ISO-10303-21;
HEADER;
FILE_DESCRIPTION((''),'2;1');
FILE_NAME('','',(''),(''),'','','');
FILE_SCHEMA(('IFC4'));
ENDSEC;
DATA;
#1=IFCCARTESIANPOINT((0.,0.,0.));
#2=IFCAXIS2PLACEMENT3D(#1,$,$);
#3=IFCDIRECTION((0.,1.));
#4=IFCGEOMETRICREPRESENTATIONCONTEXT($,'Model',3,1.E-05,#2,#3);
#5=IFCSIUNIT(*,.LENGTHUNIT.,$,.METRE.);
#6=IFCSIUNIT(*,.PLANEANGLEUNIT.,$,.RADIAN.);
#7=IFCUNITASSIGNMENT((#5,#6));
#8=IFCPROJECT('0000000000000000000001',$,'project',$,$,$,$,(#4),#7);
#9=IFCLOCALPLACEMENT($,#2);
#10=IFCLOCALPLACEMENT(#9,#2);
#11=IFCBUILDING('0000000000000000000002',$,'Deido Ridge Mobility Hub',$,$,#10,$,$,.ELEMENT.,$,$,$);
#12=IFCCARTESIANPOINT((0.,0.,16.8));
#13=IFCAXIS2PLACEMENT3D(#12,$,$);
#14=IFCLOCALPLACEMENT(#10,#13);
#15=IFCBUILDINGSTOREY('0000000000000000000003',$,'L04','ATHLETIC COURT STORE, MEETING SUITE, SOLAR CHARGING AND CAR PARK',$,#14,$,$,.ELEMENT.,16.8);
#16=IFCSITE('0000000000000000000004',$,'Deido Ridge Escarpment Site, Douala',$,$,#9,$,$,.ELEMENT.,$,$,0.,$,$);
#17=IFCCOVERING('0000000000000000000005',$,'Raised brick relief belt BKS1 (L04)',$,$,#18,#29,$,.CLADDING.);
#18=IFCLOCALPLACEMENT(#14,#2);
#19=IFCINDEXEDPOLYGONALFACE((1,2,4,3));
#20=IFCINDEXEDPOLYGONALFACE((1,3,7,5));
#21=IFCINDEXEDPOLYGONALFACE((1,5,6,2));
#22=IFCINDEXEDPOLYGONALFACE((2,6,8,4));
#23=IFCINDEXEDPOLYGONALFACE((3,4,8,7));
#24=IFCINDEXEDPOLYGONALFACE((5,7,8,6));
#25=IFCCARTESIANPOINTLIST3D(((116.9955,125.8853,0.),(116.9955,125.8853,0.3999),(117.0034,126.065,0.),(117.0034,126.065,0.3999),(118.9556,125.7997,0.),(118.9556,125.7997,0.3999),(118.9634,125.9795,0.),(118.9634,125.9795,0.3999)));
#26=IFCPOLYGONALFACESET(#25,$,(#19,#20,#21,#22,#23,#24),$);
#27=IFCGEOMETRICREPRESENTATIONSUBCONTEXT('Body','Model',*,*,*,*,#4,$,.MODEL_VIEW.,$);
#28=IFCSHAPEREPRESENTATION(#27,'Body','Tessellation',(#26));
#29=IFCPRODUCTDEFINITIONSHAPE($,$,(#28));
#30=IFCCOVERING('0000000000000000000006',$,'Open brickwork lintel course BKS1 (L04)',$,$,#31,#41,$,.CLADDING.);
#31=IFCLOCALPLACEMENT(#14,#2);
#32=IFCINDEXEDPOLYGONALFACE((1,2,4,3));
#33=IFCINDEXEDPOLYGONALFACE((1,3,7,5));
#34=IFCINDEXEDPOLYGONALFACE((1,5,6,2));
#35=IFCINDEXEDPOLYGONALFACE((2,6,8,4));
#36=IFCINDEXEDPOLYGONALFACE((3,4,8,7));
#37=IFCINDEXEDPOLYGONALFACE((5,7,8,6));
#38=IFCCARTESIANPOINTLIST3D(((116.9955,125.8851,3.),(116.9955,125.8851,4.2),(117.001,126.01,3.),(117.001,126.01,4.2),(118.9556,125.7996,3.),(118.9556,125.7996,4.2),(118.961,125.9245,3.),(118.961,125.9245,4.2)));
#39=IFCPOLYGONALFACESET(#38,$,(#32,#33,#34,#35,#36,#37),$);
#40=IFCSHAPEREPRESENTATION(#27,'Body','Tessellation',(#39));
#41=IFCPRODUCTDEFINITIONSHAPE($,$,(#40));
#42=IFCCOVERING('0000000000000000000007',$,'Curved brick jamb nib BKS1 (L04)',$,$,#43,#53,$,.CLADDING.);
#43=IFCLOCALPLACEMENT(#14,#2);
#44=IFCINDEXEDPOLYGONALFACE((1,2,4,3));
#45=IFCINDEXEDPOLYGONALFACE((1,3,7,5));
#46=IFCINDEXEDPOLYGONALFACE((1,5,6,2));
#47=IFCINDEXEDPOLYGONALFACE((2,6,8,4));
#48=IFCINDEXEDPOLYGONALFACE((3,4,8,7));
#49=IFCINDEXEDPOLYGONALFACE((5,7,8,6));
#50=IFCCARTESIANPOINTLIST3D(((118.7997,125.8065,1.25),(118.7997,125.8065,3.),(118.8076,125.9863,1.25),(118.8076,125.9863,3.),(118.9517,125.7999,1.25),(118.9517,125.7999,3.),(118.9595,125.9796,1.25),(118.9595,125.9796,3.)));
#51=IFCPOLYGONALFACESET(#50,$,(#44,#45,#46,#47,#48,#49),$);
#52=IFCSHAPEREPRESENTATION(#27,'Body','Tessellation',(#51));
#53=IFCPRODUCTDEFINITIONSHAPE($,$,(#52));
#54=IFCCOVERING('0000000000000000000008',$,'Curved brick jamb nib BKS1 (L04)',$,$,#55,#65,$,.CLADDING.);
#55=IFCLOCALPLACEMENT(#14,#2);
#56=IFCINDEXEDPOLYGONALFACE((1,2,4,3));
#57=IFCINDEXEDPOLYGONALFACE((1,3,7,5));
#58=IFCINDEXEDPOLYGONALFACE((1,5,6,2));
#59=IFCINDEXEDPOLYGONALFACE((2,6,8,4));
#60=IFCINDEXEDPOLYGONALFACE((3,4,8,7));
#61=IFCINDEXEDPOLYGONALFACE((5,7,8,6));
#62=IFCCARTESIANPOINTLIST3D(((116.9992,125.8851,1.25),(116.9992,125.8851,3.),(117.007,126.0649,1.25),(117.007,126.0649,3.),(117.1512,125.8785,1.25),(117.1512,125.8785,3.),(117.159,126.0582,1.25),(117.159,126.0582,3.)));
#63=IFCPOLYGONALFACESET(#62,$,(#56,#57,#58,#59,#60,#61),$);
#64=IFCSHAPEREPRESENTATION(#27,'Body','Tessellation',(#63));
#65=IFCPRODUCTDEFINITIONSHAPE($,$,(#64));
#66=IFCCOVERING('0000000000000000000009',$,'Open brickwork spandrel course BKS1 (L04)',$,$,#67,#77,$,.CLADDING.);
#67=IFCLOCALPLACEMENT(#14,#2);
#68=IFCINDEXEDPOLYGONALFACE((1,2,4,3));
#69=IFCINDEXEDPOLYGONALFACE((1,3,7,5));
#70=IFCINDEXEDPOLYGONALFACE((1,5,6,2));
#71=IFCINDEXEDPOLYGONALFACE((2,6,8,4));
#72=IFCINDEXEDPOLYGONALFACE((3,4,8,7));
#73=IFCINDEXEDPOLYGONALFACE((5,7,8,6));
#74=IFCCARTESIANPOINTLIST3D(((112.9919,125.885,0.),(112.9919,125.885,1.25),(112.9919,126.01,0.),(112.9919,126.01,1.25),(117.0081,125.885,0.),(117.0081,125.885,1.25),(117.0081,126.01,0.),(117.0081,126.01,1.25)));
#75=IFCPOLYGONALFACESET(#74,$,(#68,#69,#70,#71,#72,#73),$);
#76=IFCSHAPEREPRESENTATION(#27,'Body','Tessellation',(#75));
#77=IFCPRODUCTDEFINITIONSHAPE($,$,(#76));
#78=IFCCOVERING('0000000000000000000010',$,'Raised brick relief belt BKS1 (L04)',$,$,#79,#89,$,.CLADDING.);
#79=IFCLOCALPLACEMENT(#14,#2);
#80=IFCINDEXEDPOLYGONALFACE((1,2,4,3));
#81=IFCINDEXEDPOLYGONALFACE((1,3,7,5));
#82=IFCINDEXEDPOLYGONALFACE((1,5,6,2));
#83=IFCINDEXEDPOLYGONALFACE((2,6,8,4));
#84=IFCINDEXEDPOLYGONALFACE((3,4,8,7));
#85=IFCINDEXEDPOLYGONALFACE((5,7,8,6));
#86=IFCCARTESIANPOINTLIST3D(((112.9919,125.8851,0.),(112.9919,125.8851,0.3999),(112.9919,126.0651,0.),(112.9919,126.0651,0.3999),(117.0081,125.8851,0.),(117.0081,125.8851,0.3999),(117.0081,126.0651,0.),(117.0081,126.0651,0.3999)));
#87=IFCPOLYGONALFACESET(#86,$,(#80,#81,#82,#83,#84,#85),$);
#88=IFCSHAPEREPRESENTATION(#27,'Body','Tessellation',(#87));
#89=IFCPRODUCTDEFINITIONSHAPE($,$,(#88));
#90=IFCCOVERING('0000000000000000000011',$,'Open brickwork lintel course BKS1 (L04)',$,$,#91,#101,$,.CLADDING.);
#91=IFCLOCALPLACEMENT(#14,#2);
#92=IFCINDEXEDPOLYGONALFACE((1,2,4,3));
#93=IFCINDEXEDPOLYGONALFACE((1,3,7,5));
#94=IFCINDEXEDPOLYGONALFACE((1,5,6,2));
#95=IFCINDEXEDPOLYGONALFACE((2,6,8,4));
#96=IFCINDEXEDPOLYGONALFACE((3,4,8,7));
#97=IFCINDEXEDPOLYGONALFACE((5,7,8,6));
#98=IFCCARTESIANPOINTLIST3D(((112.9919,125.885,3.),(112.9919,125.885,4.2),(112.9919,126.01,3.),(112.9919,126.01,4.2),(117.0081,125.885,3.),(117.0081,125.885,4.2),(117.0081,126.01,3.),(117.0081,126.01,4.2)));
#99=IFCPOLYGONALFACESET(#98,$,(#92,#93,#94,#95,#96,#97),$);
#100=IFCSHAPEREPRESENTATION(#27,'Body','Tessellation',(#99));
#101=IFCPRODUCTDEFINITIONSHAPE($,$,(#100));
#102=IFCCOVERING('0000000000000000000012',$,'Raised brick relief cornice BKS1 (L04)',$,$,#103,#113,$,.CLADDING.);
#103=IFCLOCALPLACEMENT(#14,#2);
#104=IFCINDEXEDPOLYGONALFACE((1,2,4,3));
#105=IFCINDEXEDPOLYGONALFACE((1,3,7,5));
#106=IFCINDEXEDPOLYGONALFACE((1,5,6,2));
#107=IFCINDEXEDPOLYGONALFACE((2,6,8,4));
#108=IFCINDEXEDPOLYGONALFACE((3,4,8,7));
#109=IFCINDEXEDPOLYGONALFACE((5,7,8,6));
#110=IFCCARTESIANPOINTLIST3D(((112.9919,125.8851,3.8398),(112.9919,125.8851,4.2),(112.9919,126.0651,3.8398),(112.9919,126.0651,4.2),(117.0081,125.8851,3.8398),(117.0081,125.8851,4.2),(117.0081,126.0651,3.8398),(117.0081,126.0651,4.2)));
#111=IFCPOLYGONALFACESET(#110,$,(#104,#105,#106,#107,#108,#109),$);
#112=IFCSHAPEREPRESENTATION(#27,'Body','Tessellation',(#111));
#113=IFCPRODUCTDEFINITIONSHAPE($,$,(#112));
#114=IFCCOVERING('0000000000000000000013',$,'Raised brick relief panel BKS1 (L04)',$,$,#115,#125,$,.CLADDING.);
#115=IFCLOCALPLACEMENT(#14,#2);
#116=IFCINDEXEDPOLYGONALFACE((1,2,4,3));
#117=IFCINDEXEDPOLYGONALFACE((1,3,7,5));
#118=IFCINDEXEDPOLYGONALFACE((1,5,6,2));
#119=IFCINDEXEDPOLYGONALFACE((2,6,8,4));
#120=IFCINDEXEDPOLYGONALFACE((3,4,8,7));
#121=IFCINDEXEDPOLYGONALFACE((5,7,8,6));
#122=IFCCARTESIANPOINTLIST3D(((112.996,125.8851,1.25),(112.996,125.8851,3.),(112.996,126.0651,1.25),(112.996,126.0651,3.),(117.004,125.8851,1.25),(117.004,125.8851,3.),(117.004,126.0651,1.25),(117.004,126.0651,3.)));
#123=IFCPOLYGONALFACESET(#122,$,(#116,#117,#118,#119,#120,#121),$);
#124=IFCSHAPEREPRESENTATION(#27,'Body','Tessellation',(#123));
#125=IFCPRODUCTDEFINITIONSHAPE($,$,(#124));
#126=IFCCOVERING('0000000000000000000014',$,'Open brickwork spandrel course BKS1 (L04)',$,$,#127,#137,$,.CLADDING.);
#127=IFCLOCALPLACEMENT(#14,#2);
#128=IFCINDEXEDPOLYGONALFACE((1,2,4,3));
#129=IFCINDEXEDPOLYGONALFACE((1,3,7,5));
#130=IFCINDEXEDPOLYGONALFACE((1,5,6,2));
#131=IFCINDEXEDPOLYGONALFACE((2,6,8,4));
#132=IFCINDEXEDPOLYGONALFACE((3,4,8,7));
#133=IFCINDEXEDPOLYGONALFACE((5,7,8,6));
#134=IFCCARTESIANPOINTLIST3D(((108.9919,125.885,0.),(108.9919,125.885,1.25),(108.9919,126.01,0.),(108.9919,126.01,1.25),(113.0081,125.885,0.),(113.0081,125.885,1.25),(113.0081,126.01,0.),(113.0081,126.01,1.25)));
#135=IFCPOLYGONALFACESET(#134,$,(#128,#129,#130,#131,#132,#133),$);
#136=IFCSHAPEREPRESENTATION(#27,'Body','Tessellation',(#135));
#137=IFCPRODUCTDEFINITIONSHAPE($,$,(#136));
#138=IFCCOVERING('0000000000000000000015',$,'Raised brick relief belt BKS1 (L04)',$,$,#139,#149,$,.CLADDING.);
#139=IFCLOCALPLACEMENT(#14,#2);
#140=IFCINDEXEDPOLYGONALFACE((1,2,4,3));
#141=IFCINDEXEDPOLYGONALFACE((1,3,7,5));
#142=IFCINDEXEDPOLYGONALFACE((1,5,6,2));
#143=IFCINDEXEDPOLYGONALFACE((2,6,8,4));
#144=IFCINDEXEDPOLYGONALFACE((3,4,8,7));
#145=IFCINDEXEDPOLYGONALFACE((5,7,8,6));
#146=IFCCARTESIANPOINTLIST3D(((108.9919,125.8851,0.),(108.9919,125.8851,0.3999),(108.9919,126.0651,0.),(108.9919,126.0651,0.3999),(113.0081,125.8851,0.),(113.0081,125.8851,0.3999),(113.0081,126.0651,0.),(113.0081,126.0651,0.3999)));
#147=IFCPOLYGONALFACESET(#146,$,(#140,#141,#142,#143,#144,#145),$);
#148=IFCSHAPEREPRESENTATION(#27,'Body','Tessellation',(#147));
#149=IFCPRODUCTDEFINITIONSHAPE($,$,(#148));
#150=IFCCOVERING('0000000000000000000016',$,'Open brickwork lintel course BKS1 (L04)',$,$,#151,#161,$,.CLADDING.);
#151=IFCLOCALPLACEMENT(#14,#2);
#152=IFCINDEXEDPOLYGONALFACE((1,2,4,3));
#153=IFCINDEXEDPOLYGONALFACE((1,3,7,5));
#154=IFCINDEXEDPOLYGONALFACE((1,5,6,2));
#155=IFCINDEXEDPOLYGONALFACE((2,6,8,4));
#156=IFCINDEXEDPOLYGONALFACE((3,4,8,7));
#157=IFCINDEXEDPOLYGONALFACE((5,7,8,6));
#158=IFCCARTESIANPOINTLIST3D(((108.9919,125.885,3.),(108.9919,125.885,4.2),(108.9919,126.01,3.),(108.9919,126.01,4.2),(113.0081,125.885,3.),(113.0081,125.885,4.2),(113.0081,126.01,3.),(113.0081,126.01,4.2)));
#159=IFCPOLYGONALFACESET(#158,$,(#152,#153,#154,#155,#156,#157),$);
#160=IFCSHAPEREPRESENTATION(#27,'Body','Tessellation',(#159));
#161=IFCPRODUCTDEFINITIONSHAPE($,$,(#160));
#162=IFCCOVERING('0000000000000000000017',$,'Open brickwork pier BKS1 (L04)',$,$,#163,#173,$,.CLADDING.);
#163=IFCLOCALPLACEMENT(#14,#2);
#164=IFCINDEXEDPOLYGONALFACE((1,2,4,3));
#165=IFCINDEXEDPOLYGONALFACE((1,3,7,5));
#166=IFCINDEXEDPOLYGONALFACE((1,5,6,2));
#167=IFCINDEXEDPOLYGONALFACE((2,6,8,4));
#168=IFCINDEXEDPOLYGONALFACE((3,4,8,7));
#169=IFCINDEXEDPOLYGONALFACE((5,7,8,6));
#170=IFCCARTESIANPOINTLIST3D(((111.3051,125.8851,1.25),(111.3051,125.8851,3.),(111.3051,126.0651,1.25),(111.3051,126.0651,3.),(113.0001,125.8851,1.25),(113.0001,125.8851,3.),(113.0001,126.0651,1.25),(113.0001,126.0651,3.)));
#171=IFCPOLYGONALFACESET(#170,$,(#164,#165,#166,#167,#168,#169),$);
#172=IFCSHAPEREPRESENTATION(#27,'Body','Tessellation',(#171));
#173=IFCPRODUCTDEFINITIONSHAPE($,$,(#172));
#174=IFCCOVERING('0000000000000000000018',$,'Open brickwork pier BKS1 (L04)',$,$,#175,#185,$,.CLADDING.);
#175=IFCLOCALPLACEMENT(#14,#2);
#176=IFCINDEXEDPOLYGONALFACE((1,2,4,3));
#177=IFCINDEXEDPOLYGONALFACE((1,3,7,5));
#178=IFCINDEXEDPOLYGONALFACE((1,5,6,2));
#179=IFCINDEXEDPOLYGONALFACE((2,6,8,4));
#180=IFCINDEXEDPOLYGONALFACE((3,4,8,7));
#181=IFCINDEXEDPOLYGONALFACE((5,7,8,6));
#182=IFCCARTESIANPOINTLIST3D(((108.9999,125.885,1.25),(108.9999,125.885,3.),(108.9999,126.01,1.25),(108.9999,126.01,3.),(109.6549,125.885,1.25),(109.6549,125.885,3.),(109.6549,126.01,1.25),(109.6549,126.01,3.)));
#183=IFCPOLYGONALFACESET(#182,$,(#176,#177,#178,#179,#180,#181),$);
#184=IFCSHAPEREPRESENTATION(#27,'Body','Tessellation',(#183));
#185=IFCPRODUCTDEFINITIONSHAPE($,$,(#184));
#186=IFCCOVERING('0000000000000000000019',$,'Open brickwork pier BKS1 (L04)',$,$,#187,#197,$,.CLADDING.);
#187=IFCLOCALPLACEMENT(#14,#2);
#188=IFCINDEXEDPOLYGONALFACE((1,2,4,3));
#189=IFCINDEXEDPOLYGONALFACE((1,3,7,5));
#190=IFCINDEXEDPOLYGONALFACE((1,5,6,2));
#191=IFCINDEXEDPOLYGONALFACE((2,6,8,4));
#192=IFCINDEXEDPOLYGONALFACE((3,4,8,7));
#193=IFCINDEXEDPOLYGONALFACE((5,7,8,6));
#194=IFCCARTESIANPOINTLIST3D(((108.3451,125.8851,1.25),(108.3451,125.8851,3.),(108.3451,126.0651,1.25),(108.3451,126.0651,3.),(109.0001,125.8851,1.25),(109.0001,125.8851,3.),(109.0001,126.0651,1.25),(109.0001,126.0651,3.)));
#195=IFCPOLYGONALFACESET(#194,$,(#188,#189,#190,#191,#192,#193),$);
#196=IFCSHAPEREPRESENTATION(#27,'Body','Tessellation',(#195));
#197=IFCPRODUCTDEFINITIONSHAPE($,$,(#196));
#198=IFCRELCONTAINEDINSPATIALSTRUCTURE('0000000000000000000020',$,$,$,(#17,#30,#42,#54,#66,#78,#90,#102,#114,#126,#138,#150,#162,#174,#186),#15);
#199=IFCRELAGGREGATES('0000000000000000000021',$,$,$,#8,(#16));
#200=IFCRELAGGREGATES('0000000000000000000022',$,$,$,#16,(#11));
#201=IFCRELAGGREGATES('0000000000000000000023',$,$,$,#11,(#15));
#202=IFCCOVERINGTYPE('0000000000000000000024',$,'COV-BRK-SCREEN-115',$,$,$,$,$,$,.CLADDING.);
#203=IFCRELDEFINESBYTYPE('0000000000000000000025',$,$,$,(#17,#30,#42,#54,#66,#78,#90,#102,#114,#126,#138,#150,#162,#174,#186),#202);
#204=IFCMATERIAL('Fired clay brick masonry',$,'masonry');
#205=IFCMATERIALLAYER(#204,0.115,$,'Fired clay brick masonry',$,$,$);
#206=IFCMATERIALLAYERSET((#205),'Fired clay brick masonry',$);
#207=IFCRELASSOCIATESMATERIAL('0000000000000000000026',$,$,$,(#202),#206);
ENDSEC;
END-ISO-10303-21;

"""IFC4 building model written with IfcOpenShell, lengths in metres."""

from ifc_helpers import new_model, si_unit, direction, frame, origin, origin_2d, place, context, subcontext, project, spatial, rectangle, extrude, material, layer, layer_set, type_object, element, save


model = new_model("IFC4")

# Units and contexts
model_context = context("Model", 3, precision=1e-05, world=origin(), true_north=direction((0.0, 1.0)))
body_context = subcontext(model_context, "Body", "Model", "MODEL_VIEW")
ifc_project = project(units=[si_unit("LENGTHUNIT", "METRE"), si_unit("PLANEANGLEUNIT", "RADIAN")], contexts=[model_context])

# Site, building, storey
site_placement = place(None, origin())
site = spatial("IfcSite", under=ifc_project, at=site_placement, Name="Deido Ridge Escarpment Site, Douala", CompositionType="ELEMENT", RefElevation=0.0)
building_placement = place(site_placement, origin())
building = spatial("IfcBuilding", under=site, at=building_placement, Name="Deido Ridge Mobility Hub", CompositionType="ELEMENT")
storey_placement = place(building_placement, frame((0.0, 0.0, 16.8)))
storey = spatial("IfcBuildingStorey", under=building, at=storey_placement, Name="L04", Description="ATHLETIC COURT STORE, MEETING SUITE, SOLAR CHARGING AND CAR PARK", CompositionType="ELEMENT", Elevation=16.8)

# Coverings
ifc_material_1 = material(Name="Fired clay brick masonry", Category="masonry")
ifc_layer = layer(ifc_material_1, 0.115, Name="Fired clay brick masonry")
ifc_layer_set = layer_set([ifc_layer], Name="Fired clay brick masonry")
covering_type = type_object("IfcCoveringType", Name="COV-BRK-SCREEN-115", PredefinedType="CLADDING", material=ifc_layer_set)
covering_1_placement = place(storey_placement, frame((117.9795, 125.9324, 0.0), z_axis=(0.0, 0.0, 1.0), x_axis=(-0.999049, 0.043602, 0.0)))
element("IfcCovering", 1, at=covering_1_placement, inside=storey, type_object=covering_type, Name="Raised brick relief belt BKS1 (L04)", PredefinedType="CLADDING", context=body_context, shape_type="SweptSolid", body=[
    extrude(rectangle(XDim=1.9619, YDim=0.1799, at=origin_2d()), origin(), (0.0, 0.0, 1.0), 0.3999),
])
covering_2_placement = place(storey_placement, frame((117.9783, 125.9048, 3.0), z_axis=(0.0, 0.0, 1.0), x_axis=(-0.999049, 0.043602, 0.0)))
element("IfcCovering", 2, at=covering_2_placement, inside=storey, type_object=covering_type, Name="Open brickwork lintel course BKS1 (L04)", PredefinedType="CLADDING", context=body_context, shape_type="SweptSolid", body=[
    extrude(rectangle(XDim=1.9619, YDim=0.125, at=origin_2d()), origin(), (0.0, 0.0, 1.0), 1.2),
])
for number, where, z_axis, x_axis, name in (
    (3, (118.8796, 125.8931, 1.25), (0.0, 0.0, 1.0), (-0.999049, 0.043602, 0.0), "Curved brick jamb nib BKS1 (L04)"),
    (4, (117.0791, 125.9717, 1.25), (0.0, 0.0, 1.0), (-0.999049, 0.043602, 0.0), "Curved brick jamb nib BKS1 (L04)"),
):
    element("IfcCovering", number, at=place(storey_placement, frame(where, z_axis=z_axis, x_axis=x_axis)), inside=storey, type_object=covering_type, Name=name, PredefinedType="CLADDING", context=body_context, shape_type="SweptSolid", body=[
        extrude(rectangle(XDim=0.1521, YDim=0.1799, at=origin_2d()), origin(), (0.0, 0.0, 1.0), 1.75),
    ])
covering_3_placement = place(storey_placement, frame((115.0, 125.9475, 0.0), z_axis=(0.0, 0.0, 1.0), x_axis=(-1.0, 0.0, 0.0)))
element("IfcCovering", 5, at=covering_3_placement, inside=storey, type_object=covering_type, Name="Open brickwork spandrel course BKS1 (L04)", PredefinedType="CLADDING", context=body_context, shape_type="SweptSolid", body=[
    extrude(rectangle(XDim=4.0161, YDim=0.125, at=origin_2d()), origin(), (0.0, 0.0, 1.0), 1.25),
])
covering_4_placement = place(storey_placement, frame((115.0, 125.9751, 0.0), z_axis=(0.0, 0.0, 1.0), x_axis=(-1.0, 0.0, 0.0)))
element("IfcCovering", 6, at=covering_4_placement, inside=storey, type_object=covering_type, Name="Raised brick relief belt BKS1 (L04)", PredefinedType="CLADDING", context=body_context, shape_type="SweptSolid", body=[
    extrude(rectangle(XDim=4.0161, YDim=0.1799, at=origin_2d()), origin(), (0.0, 0.0, 1.0), 0.3999),
])
covering_5_placement = place(storey_placement, frame((115.0, 125.9475, 3.0), z_axis=(0.0, 0.0, 1.0), x_axis=(-1.0, 0.0, 0.0)))
element("IfcCovering", 7, at=covering_5_placement, inside=storey, type_object=covering_type, Name="Open brickwork lintel course BKS1 (L04)", PredefinedType="CLADDING", context=body_context, shape_type="SweptSolid", body=[
    extrude(rectangle(XDim=4.0161, YDim=0.125, at=origin_2d()), origin(), (0.0, 0.0, 1.0), 1.2),
])
covering_6_placement = place(storey_placement, frame((115.0, 125.9751, 3.8398), z_axis=(0.0, 0.0, 1.0), x_axis=(-1.0, 0.0, 0.0)))
element("IfcCovering", 8, at=covering_6_placement, inside=storey, type_object=covering_type, Name="Raised brick relief cornice BKS1 (L04)", PredefinedType="CLADDING", context=body_context, shape_type="SweptSolid", body=[
    extrude(rectangle(XDim=4.0161, YDim=0.1799, at=origin_2d()), origin(), (0.0, 0.0, 1.0), 0.3601),
])
covering_7_placement = place(storey_placement, frame((115.0, 125.9751, 1.25), z_axis=(0.0, 0.0, 1.0), x_axis=(-1.0, 0.0, 0.0)))
element("IfcCovering", 9, at=covering_7_placement, inside=storey, type_object=covering_type, Name="Raised brick relief panel BKS1 (L04)", PredefinedType="CLADDING", context=body_context, shape_type="SweptSolid", body=[
    extrude(rectangle(XDim=4.0081, YDim=0.1799, at=origin_2d()), origin(), (0.0, 0.0, 1.0), 1.75),
])
covering_8_placement = place(storey_placement, frame((111.0, 125.9475, 0.0), z_axis=(0.0, 0.0, 1.0), x_axis=(-1.0, 0.0, 0.0)))
element("IfcCovering", 10, at=covering_8_placement, inside=storey, type_object=covering_type, Name="Open brickwork spandrel course BKS1 (L04)", PredefinedType="CLADDING", context=body_context, shape_type="SweptSolid", body=[
    extrude(rectangle(XDim=4.0161, YDim=0.125, at=origin_2d()), origin(), (0.0, 0.0, 1.0), 1.25),
])
covering_9_placement = place(storey_placement, frame((111.0, 125.9751, 0.0), z_axis=(0.0, 0.0, 1.0), x_axis=(-1.0, 0.0, 0.0)))
element("IfcCovering", 11, at=covering_9_placement, inside=storey, type_object=covering_type, Name="Raised brick relief belt BKS1 (L04)", PredefinedType="CLADDING", context=body_context, shape_type="SweptSolid", body=[
    extrude(rectangle(XDim=4.0161, YDim=0.1799, at=origin_2d()), origin(), (0.0, 0.0, 1.0), 0.3999),
])
covering_10_placement = place(storey_placement, frame((111.0, 125.9475, 3.0), z_axis=(0.0, 0.0, 1.0), x_axis=(-1.0, 0.0, 0.0)))
element("IfcCovering", 12, at=covering_10_placement, inside=storey, type_object=covering_type, Name="Open brickwork lintel course BKS1 (L04)", PredefinedType="CLADDING", context=body_context, shape_type="SweptSolid", body=[
    extrude(rectangle(XDim=4.0161, YDim=0.125, at=origin_2d()), origin(), (0.0, 0.0, 1.0), 1.2),
])
covering_11_placement = place(storey_placement, frame((112.1526, 125.9751, 1.25), z_axis=(0.0, 0.0, 1.0), x_axis=(-1.0, 0.0, 0.0)))
element("IfcCovering", 13, at=covering_11_placement, inside=storey, type_object=covering_type, Name="Open brickwork pier BKS1 (L04)", PredefinedType="CLADDING", context=body_context, shape_type="SweptSolid", body=[
    extrude(rectangle(XDim=1.6951, YDim=0.1799, at=origin_2d()), origin(), (0.0, 0.0, 1.0), 1.75),
])
covering_12_placement = place(storey_placement, frame((109.3274, 125.9475, 1.25), z_axis=(0.0, 0.0, 1.0), x_axis=(-1.0, 0.0, 0.0)))
element("IfcCovering", 14, at=covering_12_placement, inside=storey, type_object=covering_type, Name="Open brickwork pier BKS1 (L04)", PredefinedType="CLADDING", context=body_context, shape_type="SweptSolid", body=[
    extrude(rectangle(XDim=0.655, YDim=0.125, at=origin_2d()), origin(), (0.0, 0.0, 1.0), 1.75),
])
covering_13_placement = place(storey_placement, frame((108.6726, 125.9751, 1.25), z_axis=(0.0, 0.0, 1.0), x_axis=(-1.0, 0.0, 0.0)))
element("IfcCovering", 15, at=covering_13_placement, inside=storey, type_object=covering_type, Name="Open brickwork pier BKS1 (L04)", PredefinedType="CLADDING", context=body_context, shape_type="SweptSolid", body=[
    extrude(rectangle(XDim=0.655, YDim=0.1799, at=origin_2d()), origin(), (0.0, 0.0, 1.0), 1.75),
])

save(model, "model.ifc")
